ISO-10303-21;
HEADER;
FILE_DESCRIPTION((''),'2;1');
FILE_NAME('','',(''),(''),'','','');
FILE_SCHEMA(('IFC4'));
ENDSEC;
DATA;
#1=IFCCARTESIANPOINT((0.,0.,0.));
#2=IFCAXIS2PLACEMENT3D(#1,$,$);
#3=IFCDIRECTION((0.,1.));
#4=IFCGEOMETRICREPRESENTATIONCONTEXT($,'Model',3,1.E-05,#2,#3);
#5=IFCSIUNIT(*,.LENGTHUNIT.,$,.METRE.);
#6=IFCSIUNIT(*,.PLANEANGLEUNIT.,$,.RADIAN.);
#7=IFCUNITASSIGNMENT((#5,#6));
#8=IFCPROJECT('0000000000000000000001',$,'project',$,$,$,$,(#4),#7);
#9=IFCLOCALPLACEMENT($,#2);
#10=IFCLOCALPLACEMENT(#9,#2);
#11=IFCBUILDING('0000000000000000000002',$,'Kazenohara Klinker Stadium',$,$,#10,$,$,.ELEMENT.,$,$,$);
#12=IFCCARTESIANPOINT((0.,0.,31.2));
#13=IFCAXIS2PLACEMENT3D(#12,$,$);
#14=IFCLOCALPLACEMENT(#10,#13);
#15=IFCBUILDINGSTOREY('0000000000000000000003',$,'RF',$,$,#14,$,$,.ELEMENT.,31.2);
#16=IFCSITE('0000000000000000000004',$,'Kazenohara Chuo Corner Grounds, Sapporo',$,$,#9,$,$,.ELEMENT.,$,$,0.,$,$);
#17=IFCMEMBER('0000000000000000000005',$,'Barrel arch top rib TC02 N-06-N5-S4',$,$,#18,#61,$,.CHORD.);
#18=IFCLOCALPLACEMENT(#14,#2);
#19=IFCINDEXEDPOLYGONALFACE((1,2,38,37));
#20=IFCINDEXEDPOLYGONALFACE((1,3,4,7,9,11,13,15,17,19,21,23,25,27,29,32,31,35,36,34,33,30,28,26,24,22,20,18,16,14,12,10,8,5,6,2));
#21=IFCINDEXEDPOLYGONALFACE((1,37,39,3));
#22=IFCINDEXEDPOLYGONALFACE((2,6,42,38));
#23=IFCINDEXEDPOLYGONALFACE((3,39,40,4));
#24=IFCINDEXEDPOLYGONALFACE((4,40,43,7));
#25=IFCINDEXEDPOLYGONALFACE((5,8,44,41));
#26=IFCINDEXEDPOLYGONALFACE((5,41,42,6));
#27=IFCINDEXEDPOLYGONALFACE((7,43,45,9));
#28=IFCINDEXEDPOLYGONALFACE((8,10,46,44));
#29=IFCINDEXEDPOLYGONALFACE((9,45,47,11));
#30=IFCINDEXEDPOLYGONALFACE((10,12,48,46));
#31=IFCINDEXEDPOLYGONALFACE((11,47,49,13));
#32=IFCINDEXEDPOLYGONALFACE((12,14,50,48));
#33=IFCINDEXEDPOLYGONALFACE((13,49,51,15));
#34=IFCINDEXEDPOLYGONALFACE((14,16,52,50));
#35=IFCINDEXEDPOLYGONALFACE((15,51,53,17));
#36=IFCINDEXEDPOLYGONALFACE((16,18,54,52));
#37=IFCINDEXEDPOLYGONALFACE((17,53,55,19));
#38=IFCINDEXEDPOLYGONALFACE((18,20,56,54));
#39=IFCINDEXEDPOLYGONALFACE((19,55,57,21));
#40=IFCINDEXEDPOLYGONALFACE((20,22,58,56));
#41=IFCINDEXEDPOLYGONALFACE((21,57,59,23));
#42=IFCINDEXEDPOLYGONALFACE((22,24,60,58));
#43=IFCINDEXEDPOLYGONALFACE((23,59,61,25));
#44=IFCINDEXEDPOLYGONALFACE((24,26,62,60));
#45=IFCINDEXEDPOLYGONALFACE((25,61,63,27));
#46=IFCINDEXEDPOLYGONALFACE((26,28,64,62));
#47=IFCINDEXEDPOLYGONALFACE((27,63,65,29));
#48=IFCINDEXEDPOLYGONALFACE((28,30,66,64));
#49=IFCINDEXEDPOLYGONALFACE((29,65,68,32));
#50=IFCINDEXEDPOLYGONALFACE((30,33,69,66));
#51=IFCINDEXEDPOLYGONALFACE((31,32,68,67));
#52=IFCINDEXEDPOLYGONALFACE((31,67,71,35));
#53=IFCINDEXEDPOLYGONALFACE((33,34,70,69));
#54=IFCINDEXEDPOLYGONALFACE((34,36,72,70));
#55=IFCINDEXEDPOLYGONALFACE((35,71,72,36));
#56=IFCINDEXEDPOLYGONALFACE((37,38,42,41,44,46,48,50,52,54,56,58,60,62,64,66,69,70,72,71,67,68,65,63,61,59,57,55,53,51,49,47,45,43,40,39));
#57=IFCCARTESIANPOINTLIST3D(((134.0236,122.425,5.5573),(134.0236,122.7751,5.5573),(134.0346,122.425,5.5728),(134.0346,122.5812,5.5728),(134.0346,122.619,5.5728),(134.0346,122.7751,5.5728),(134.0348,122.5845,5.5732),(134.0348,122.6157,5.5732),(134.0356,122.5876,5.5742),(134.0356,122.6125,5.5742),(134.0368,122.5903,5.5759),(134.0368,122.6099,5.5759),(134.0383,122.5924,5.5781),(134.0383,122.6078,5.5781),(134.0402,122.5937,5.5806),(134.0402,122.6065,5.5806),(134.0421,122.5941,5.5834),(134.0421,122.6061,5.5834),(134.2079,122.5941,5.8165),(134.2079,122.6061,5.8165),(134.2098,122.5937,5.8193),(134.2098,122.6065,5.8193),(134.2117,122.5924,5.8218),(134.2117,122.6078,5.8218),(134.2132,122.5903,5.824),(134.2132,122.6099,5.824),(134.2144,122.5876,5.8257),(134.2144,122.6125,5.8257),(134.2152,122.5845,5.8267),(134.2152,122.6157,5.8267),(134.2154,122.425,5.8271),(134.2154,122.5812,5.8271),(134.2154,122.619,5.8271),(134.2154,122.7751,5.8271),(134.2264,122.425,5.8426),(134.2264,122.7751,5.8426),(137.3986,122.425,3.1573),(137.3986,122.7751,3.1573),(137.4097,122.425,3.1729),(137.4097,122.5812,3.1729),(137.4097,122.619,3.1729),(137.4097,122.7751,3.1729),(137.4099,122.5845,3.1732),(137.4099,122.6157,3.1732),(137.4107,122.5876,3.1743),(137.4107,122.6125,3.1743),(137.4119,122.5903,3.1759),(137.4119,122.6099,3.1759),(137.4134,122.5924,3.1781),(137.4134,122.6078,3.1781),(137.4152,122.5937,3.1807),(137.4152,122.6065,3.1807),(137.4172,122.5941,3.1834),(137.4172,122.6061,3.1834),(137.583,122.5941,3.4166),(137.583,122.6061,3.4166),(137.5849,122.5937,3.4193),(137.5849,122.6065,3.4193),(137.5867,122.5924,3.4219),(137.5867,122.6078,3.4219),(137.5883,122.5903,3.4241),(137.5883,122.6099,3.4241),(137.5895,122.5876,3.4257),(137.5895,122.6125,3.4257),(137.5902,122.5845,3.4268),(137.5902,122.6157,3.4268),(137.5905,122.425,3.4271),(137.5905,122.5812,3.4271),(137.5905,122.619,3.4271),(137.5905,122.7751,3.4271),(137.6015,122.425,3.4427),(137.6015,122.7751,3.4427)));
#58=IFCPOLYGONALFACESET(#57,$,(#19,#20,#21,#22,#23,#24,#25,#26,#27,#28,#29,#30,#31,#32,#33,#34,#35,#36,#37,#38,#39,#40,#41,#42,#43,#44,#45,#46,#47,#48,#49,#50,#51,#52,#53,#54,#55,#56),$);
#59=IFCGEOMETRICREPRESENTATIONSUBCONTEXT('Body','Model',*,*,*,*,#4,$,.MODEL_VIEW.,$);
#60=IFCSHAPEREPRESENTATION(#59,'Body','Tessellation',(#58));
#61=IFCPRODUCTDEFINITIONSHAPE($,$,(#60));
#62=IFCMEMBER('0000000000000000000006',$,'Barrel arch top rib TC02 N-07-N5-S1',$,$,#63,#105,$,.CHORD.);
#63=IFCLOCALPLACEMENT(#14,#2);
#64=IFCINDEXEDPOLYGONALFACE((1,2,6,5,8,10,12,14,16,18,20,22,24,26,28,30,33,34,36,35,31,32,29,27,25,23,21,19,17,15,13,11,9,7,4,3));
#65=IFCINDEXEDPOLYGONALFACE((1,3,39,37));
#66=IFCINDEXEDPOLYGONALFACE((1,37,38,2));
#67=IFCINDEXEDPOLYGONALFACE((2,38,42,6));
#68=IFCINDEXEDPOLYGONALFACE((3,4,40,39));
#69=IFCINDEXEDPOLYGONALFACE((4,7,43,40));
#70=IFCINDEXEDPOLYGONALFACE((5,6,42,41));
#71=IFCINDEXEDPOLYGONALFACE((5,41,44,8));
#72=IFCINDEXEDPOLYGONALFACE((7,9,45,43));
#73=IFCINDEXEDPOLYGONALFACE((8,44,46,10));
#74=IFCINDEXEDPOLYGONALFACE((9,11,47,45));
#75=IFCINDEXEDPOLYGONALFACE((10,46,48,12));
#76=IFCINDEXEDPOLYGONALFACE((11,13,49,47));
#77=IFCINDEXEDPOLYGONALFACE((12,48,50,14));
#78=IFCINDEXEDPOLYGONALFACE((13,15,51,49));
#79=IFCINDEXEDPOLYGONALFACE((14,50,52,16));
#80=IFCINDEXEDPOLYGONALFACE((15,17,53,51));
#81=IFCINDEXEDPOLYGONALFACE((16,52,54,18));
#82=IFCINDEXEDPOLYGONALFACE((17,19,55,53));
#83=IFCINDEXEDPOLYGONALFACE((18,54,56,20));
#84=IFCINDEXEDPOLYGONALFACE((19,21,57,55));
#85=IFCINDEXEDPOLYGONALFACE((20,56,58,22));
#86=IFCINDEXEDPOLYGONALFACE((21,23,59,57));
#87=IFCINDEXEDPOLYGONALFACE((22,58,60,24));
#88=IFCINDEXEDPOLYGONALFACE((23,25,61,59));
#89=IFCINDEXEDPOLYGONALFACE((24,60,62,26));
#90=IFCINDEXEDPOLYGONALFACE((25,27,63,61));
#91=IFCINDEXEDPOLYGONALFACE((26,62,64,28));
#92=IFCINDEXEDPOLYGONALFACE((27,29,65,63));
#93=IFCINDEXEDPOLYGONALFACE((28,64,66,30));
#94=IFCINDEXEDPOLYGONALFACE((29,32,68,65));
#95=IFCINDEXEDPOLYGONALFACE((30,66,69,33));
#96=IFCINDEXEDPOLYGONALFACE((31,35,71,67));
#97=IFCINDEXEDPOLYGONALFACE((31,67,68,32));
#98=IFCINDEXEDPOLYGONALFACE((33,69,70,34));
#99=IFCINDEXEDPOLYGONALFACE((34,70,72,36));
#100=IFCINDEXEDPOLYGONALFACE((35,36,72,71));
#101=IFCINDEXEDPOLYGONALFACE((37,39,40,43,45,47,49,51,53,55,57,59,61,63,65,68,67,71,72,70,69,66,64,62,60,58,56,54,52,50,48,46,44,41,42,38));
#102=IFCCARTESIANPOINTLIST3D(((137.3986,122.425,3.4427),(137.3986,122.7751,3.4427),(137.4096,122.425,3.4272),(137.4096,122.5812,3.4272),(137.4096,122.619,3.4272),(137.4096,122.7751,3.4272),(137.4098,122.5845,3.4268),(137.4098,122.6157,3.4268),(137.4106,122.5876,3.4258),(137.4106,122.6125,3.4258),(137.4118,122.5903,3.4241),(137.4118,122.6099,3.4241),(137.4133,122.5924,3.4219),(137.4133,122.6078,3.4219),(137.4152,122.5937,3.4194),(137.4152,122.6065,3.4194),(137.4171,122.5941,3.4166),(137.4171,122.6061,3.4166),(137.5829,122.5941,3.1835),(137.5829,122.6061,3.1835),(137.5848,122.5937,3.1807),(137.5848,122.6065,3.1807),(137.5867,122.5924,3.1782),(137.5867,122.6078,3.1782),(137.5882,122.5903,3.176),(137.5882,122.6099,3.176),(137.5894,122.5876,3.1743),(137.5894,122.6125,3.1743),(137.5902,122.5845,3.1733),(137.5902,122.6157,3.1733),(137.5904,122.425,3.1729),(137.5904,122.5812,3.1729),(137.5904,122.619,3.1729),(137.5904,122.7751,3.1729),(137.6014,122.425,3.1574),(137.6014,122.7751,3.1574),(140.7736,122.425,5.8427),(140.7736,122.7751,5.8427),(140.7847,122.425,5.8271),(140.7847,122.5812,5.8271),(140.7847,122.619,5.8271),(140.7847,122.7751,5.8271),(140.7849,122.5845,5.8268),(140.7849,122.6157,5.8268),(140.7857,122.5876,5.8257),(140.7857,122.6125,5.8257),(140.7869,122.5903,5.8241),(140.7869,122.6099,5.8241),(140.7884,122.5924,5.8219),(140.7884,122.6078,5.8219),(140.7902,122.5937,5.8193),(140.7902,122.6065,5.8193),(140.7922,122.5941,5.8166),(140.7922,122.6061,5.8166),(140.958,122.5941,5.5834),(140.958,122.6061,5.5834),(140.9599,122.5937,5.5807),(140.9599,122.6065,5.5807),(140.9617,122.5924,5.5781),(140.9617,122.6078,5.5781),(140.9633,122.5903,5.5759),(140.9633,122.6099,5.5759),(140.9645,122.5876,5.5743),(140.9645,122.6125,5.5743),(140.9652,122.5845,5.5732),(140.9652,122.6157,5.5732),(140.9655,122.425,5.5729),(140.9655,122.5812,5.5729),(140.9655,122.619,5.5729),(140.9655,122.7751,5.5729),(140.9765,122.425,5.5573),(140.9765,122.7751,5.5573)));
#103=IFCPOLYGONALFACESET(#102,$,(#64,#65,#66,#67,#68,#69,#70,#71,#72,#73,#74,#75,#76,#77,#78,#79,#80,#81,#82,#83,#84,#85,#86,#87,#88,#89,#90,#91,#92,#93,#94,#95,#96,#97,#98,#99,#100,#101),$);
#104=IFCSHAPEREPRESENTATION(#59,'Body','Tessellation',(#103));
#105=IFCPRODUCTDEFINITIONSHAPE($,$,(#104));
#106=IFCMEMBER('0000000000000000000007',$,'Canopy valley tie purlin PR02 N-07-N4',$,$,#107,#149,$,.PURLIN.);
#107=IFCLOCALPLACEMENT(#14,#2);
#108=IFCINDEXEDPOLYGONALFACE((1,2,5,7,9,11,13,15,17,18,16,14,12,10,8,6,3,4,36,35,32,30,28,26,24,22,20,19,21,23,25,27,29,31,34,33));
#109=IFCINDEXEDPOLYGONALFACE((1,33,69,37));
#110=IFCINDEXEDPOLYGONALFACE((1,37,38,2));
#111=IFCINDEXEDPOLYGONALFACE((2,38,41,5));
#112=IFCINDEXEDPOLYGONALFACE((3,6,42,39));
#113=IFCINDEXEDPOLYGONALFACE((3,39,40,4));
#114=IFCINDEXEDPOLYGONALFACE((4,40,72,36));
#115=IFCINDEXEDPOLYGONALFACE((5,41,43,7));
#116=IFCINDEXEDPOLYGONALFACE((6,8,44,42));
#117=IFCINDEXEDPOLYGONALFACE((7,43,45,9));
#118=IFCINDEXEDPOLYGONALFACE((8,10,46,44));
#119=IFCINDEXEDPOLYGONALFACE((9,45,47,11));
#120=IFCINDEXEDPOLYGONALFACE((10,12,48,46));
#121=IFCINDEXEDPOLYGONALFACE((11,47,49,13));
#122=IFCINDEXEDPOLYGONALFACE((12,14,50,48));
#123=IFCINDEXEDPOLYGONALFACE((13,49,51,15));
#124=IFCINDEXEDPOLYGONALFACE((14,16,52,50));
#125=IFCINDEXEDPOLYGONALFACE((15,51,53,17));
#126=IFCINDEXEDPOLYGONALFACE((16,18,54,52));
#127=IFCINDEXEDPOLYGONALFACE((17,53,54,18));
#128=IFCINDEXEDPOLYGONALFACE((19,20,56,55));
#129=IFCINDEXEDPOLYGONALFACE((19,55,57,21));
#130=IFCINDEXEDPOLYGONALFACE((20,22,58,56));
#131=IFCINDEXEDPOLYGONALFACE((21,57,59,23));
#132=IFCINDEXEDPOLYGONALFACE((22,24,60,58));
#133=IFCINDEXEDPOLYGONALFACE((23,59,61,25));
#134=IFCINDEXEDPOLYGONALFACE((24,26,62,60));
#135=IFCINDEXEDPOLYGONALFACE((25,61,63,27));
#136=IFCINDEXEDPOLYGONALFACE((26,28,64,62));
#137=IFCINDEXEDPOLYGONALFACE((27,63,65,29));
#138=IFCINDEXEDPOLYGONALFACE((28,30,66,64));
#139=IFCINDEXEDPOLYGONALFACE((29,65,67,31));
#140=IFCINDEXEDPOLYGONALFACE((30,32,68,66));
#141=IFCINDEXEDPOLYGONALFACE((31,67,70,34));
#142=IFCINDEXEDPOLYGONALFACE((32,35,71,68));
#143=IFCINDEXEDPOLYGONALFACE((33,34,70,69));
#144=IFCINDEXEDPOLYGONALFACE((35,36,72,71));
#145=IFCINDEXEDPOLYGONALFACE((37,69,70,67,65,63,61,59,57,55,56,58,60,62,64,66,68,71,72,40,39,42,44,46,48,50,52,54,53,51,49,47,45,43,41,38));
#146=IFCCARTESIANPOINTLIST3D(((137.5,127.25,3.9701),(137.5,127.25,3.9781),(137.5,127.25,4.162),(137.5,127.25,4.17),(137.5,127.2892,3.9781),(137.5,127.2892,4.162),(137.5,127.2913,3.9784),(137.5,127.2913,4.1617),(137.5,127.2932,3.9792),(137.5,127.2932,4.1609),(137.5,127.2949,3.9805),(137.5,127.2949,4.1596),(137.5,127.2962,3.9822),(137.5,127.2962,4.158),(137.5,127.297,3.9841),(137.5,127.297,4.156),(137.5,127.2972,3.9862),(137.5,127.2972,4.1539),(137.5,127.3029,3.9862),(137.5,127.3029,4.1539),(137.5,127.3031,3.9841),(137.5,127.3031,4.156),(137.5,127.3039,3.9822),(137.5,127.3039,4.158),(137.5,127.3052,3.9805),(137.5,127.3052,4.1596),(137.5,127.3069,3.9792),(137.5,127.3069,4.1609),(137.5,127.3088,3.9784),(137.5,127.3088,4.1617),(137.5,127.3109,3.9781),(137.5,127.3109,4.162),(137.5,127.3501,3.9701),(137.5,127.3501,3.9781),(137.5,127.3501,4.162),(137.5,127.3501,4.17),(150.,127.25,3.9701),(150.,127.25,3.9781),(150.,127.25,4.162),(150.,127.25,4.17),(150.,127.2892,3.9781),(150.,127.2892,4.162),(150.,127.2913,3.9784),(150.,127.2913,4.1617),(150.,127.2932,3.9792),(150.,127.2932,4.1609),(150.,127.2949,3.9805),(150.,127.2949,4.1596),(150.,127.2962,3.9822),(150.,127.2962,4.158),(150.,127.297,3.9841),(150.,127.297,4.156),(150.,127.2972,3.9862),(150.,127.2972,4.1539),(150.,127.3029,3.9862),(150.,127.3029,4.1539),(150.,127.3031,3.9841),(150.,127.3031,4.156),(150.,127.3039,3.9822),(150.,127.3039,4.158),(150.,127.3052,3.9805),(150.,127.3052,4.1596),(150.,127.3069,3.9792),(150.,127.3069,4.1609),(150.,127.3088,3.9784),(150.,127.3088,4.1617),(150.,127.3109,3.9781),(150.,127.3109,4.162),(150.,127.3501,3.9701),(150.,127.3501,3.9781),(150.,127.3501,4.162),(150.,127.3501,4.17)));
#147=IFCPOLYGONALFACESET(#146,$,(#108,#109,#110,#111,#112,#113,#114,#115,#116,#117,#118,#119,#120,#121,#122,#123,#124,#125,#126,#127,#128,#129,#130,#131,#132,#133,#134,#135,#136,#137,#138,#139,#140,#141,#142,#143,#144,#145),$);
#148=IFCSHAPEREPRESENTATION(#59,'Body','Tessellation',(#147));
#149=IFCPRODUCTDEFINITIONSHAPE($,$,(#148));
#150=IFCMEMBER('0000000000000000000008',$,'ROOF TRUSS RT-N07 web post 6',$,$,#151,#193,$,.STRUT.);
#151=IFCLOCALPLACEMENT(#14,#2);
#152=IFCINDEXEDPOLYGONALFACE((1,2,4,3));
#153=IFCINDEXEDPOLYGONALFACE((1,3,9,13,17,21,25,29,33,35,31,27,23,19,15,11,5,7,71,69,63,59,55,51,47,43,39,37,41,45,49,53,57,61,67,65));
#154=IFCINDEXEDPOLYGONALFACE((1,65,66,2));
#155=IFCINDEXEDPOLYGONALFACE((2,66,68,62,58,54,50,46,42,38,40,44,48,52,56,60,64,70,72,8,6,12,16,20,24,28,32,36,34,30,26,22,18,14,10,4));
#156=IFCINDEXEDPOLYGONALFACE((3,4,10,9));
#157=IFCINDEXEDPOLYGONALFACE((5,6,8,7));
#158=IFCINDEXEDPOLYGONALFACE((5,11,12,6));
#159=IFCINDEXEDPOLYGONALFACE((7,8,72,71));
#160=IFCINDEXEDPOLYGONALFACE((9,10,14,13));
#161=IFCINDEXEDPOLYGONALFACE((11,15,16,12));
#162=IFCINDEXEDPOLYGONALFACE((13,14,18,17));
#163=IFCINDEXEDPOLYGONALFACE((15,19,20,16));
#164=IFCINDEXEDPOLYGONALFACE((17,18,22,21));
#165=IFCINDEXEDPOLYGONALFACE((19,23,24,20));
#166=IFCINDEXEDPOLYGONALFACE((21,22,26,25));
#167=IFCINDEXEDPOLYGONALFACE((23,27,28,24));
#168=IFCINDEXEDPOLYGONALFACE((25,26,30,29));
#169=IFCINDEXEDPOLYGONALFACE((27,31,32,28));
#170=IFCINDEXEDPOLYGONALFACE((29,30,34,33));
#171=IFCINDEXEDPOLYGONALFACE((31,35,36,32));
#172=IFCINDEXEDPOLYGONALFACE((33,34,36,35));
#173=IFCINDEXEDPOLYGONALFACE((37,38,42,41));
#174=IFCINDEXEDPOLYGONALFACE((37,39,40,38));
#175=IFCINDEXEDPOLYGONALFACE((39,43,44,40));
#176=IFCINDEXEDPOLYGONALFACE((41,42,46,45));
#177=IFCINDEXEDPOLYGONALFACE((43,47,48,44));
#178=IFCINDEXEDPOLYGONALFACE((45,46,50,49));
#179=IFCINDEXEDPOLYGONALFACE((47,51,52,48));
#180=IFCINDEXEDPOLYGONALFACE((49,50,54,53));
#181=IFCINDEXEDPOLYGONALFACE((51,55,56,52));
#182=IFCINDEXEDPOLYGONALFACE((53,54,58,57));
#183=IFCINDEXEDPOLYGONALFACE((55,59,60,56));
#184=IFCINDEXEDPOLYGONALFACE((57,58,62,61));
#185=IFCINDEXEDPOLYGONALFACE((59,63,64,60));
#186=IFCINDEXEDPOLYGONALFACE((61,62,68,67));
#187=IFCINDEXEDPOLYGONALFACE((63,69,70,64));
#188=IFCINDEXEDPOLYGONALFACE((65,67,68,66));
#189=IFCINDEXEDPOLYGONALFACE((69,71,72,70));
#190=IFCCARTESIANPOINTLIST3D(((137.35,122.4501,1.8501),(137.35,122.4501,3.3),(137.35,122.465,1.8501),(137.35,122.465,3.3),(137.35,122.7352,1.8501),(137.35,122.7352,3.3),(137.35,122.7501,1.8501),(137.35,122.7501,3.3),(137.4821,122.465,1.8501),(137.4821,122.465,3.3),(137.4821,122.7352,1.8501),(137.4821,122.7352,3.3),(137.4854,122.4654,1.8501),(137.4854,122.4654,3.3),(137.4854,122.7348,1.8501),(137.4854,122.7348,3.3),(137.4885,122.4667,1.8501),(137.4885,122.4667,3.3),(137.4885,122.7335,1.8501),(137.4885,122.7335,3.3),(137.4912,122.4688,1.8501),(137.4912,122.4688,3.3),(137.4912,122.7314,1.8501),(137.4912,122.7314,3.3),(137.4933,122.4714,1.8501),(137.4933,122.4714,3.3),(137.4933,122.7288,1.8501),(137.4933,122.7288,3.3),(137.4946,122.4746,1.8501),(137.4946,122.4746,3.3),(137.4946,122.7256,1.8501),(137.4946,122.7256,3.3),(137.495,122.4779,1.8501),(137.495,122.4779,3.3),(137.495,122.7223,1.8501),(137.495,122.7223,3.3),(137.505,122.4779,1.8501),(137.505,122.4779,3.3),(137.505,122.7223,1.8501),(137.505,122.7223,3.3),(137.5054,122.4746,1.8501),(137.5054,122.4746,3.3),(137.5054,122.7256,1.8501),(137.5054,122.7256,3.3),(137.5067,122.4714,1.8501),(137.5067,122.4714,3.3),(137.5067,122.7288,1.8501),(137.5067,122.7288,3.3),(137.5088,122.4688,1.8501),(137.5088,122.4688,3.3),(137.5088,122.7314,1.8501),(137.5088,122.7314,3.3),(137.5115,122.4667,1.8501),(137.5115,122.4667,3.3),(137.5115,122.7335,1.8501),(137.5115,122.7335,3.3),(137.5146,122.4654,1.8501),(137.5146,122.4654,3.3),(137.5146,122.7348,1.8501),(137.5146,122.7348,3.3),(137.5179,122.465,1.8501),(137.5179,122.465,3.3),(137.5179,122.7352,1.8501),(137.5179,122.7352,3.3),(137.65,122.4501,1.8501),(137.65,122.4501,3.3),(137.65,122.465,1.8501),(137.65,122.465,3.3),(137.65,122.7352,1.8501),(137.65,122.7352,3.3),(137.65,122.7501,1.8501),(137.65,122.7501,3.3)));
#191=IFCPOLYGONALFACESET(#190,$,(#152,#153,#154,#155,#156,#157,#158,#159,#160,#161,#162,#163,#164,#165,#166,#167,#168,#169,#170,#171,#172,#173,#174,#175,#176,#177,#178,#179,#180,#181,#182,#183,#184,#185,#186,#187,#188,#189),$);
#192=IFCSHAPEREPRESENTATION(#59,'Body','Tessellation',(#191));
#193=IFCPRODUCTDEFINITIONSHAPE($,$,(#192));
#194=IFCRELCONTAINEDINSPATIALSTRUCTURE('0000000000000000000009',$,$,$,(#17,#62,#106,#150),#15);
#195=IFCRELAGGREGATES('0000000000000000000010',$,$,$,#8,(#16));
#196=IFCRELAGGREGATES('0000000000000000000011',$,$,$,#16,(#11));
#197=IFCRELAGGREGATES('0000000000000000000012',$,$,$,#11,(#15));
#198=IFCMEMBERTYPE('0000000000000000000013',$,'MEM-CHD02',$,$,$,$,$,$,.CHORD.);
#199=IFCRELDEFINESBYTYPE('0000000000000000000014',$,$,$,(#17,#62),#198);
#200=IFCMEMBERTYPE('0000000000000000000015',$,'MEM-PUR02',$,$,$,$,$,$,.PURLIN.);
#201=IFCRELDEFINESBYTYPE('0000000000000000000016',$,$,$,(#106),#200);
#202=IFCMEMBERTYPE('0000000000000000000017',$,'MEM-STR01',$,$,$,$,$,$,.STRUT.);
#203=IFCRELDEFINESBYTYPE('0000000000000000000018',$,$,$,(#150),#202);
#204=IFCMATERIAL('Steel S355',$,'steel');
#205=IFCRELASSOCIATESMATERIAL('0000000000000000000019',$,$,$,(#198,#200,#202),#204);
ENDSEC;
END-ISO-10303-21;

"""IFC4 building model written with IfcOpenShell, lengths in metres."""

from ifc_helpers import new_model, si_unit, direction, frame, origin, origin_2d, place, context, subcontext, project, spatial, i_section, extrude, material, material_profile, profile_set, type_object, element, save


model = new_model("IFC4")

# Units and contexts
model_context = context("Model", 3, precision=1e-05, world=origin(), true_north=direction((0.0, 1.0)))
body_context = subcontext(model_context, "Body", "Model", "MODEL_VIEW")
ifc_project = project(units=[si_unit("LENGTHUNIT", "METRE"), si_unit("PLANEANGLEUNIT", "RADIAN")], contexts=[model_context])

# Site, building, storey
site_placement = place(None, origin())
site = spatial("IfcSite", under=ifc_project, at=site_placement, Name="Kazenohara Chuo Corner Grounds, Sapporo", CompositionType="ELEMENT", RefElevation=0.0)
building_placement = place(site_placement, origin())
building = spatial("IfcBuilding", under=site, at=building_placement, Name="Kazenohara Klinker Stadium", CompositionType="ELEMENT")
storey_placement = place(building_placement, frame((0.0, 0.0, 31.2)))
storey = spatial("IfcBuildingStorey", under=building, at=storey_placement, Name="RF", CompositionType="ELEMENT", Elevation=31.2)

# Members
ifc_material_1 = material(Name="Steel S355", Category="steel")
ifc_material_profile_1 = material_profile(ifc_material_1, i_section(OverallWidth=0.3501, OverallDepth=0.3501, WebThickness=0.012, FlangeThickness=0.019, FilletRadius=0.0129, at=origin_2d()), Name="H-350x350x12x19")
ifc_profile_set_1 = profile_set([ifc_material_profile_1], Name="Steel S355")
member_type_1 = type_object("IfcMemberType", Name="MEM-CHD02", PredefinedType="CHORD", material=ifc_profile_set_1)
for number, where, z_axis, x_axis, name in (
    (1, (134.125, 122.6001, 5.7), (0.814966, 0.0, -0.579508), (0.0, 1.0, 0.0), "Barrel arch top rib TC02 N-06-N5-S4"),
    (2, (137.5, 122.6001, 3.3), (0.814966, 0.0, 0.579508), (0.0, 1.0, 0.0), "Barrel arch top rib TC02 N-07-N5-S1"),
):
    element("IfcMember", number, at=place(storey_placement, frame(where, z_axis=z_axis, x_axis=x_axis)), inside=storey, type_object=member_type_1, Name=name, PredefinedType="CHORD", context=body_context, shape_type="SweptSolid", body=[
        extrude(i_section(OverallWidth=0.3501, OverallDepth=0.3501, WebThickness=0.012, FlangeThickness=0.019, FilletRadius=0.0129, at=origin_2d()), origin(), (0.0, 0.0, 1.0), 4.1414),
    ])
ifc_material_profile_2 = material_profile(ifc_material_1, i_section(OverallWidth=0.1001, OverallDepth=0.2, WebThickness=0.0056, FlangeThickness=0.0081, FilletRadius=0.0081, at=origin_2d()), Name="H-200x100x5.5x8")
ifc_profile_set_2 = profile_set([ifc_material_profile_2], Name="Steel S355")
member_type_2 = type_object("IfcMemberType", Name="MEM-PUR02", PredefinedType="PURLIN", material=ifc_profile_set_2)
member_1_placement = place(storey_placement, frame((137.5, 127.3, 4.0701), z_axis=(1.0, 0.0, 0.0), x_axis=(0.0, 1.0, 0.0)))
element("IfcMember", 3, at=member_1_placement, inside=storey, type_object=member_type_2, Name="Canopy valley tie purlin PR02 N-07-N4", PredefinedType="PURLIN", context=body_context, shape_type="SweptSolid", body=[
    extrude(i_section(OverallWidth=0.1001, OverallDepth=0.2, WebThickness=0.0056, FlangeThickness=0.0081, FilletRadius=0.0081, at=origin_2d()), origin(), (0.0, 0.0, 1.0), 12.5),
])
ifc_material_profile_3 = material_profile(ifc_material_1, i_section(OverallWidth=0.3, OverallDepth=0.3, WebThickness=0.01, FlangeThickness=0.0149, FilletRadius=0.0129, at=origin_2d()), Name="H-300x300x10x15")
ifc_profile_set_3 = profile_set([ifc_material_profile_3], Name="Steel S355")
member_type_3 = type_object("IfcMemberType", Name="MEM-STR01", PredefinedType="STRUT", material=ifc_profile_set_3)
member_2_placement = place(storey_placement, frame((137.5, 122.6001, 1.8501), z_axis=(0.0, 0.0, 1.0), x_axis=(1.0, 0.0, 0.0)))
element("IfcMember", 4, at=member_2_placement, inside=storey, type_object=member_type_3, Name="ROOF TRUSS RT-N07 web post 6", PredefinedType="STRUT", context=body_context, shape_type="SweptSolid", body=[
    extrude(i_section(OverallWidth=0.3, OverallDepth=0.3, WebThickness=0.01, FlangeThickness=0.0149, FilletRadius=0.0129, at=origin_2d()), origin(), (0.0, 0.0, 1.0), 1.45),
])

save(model, "model.ifc")
